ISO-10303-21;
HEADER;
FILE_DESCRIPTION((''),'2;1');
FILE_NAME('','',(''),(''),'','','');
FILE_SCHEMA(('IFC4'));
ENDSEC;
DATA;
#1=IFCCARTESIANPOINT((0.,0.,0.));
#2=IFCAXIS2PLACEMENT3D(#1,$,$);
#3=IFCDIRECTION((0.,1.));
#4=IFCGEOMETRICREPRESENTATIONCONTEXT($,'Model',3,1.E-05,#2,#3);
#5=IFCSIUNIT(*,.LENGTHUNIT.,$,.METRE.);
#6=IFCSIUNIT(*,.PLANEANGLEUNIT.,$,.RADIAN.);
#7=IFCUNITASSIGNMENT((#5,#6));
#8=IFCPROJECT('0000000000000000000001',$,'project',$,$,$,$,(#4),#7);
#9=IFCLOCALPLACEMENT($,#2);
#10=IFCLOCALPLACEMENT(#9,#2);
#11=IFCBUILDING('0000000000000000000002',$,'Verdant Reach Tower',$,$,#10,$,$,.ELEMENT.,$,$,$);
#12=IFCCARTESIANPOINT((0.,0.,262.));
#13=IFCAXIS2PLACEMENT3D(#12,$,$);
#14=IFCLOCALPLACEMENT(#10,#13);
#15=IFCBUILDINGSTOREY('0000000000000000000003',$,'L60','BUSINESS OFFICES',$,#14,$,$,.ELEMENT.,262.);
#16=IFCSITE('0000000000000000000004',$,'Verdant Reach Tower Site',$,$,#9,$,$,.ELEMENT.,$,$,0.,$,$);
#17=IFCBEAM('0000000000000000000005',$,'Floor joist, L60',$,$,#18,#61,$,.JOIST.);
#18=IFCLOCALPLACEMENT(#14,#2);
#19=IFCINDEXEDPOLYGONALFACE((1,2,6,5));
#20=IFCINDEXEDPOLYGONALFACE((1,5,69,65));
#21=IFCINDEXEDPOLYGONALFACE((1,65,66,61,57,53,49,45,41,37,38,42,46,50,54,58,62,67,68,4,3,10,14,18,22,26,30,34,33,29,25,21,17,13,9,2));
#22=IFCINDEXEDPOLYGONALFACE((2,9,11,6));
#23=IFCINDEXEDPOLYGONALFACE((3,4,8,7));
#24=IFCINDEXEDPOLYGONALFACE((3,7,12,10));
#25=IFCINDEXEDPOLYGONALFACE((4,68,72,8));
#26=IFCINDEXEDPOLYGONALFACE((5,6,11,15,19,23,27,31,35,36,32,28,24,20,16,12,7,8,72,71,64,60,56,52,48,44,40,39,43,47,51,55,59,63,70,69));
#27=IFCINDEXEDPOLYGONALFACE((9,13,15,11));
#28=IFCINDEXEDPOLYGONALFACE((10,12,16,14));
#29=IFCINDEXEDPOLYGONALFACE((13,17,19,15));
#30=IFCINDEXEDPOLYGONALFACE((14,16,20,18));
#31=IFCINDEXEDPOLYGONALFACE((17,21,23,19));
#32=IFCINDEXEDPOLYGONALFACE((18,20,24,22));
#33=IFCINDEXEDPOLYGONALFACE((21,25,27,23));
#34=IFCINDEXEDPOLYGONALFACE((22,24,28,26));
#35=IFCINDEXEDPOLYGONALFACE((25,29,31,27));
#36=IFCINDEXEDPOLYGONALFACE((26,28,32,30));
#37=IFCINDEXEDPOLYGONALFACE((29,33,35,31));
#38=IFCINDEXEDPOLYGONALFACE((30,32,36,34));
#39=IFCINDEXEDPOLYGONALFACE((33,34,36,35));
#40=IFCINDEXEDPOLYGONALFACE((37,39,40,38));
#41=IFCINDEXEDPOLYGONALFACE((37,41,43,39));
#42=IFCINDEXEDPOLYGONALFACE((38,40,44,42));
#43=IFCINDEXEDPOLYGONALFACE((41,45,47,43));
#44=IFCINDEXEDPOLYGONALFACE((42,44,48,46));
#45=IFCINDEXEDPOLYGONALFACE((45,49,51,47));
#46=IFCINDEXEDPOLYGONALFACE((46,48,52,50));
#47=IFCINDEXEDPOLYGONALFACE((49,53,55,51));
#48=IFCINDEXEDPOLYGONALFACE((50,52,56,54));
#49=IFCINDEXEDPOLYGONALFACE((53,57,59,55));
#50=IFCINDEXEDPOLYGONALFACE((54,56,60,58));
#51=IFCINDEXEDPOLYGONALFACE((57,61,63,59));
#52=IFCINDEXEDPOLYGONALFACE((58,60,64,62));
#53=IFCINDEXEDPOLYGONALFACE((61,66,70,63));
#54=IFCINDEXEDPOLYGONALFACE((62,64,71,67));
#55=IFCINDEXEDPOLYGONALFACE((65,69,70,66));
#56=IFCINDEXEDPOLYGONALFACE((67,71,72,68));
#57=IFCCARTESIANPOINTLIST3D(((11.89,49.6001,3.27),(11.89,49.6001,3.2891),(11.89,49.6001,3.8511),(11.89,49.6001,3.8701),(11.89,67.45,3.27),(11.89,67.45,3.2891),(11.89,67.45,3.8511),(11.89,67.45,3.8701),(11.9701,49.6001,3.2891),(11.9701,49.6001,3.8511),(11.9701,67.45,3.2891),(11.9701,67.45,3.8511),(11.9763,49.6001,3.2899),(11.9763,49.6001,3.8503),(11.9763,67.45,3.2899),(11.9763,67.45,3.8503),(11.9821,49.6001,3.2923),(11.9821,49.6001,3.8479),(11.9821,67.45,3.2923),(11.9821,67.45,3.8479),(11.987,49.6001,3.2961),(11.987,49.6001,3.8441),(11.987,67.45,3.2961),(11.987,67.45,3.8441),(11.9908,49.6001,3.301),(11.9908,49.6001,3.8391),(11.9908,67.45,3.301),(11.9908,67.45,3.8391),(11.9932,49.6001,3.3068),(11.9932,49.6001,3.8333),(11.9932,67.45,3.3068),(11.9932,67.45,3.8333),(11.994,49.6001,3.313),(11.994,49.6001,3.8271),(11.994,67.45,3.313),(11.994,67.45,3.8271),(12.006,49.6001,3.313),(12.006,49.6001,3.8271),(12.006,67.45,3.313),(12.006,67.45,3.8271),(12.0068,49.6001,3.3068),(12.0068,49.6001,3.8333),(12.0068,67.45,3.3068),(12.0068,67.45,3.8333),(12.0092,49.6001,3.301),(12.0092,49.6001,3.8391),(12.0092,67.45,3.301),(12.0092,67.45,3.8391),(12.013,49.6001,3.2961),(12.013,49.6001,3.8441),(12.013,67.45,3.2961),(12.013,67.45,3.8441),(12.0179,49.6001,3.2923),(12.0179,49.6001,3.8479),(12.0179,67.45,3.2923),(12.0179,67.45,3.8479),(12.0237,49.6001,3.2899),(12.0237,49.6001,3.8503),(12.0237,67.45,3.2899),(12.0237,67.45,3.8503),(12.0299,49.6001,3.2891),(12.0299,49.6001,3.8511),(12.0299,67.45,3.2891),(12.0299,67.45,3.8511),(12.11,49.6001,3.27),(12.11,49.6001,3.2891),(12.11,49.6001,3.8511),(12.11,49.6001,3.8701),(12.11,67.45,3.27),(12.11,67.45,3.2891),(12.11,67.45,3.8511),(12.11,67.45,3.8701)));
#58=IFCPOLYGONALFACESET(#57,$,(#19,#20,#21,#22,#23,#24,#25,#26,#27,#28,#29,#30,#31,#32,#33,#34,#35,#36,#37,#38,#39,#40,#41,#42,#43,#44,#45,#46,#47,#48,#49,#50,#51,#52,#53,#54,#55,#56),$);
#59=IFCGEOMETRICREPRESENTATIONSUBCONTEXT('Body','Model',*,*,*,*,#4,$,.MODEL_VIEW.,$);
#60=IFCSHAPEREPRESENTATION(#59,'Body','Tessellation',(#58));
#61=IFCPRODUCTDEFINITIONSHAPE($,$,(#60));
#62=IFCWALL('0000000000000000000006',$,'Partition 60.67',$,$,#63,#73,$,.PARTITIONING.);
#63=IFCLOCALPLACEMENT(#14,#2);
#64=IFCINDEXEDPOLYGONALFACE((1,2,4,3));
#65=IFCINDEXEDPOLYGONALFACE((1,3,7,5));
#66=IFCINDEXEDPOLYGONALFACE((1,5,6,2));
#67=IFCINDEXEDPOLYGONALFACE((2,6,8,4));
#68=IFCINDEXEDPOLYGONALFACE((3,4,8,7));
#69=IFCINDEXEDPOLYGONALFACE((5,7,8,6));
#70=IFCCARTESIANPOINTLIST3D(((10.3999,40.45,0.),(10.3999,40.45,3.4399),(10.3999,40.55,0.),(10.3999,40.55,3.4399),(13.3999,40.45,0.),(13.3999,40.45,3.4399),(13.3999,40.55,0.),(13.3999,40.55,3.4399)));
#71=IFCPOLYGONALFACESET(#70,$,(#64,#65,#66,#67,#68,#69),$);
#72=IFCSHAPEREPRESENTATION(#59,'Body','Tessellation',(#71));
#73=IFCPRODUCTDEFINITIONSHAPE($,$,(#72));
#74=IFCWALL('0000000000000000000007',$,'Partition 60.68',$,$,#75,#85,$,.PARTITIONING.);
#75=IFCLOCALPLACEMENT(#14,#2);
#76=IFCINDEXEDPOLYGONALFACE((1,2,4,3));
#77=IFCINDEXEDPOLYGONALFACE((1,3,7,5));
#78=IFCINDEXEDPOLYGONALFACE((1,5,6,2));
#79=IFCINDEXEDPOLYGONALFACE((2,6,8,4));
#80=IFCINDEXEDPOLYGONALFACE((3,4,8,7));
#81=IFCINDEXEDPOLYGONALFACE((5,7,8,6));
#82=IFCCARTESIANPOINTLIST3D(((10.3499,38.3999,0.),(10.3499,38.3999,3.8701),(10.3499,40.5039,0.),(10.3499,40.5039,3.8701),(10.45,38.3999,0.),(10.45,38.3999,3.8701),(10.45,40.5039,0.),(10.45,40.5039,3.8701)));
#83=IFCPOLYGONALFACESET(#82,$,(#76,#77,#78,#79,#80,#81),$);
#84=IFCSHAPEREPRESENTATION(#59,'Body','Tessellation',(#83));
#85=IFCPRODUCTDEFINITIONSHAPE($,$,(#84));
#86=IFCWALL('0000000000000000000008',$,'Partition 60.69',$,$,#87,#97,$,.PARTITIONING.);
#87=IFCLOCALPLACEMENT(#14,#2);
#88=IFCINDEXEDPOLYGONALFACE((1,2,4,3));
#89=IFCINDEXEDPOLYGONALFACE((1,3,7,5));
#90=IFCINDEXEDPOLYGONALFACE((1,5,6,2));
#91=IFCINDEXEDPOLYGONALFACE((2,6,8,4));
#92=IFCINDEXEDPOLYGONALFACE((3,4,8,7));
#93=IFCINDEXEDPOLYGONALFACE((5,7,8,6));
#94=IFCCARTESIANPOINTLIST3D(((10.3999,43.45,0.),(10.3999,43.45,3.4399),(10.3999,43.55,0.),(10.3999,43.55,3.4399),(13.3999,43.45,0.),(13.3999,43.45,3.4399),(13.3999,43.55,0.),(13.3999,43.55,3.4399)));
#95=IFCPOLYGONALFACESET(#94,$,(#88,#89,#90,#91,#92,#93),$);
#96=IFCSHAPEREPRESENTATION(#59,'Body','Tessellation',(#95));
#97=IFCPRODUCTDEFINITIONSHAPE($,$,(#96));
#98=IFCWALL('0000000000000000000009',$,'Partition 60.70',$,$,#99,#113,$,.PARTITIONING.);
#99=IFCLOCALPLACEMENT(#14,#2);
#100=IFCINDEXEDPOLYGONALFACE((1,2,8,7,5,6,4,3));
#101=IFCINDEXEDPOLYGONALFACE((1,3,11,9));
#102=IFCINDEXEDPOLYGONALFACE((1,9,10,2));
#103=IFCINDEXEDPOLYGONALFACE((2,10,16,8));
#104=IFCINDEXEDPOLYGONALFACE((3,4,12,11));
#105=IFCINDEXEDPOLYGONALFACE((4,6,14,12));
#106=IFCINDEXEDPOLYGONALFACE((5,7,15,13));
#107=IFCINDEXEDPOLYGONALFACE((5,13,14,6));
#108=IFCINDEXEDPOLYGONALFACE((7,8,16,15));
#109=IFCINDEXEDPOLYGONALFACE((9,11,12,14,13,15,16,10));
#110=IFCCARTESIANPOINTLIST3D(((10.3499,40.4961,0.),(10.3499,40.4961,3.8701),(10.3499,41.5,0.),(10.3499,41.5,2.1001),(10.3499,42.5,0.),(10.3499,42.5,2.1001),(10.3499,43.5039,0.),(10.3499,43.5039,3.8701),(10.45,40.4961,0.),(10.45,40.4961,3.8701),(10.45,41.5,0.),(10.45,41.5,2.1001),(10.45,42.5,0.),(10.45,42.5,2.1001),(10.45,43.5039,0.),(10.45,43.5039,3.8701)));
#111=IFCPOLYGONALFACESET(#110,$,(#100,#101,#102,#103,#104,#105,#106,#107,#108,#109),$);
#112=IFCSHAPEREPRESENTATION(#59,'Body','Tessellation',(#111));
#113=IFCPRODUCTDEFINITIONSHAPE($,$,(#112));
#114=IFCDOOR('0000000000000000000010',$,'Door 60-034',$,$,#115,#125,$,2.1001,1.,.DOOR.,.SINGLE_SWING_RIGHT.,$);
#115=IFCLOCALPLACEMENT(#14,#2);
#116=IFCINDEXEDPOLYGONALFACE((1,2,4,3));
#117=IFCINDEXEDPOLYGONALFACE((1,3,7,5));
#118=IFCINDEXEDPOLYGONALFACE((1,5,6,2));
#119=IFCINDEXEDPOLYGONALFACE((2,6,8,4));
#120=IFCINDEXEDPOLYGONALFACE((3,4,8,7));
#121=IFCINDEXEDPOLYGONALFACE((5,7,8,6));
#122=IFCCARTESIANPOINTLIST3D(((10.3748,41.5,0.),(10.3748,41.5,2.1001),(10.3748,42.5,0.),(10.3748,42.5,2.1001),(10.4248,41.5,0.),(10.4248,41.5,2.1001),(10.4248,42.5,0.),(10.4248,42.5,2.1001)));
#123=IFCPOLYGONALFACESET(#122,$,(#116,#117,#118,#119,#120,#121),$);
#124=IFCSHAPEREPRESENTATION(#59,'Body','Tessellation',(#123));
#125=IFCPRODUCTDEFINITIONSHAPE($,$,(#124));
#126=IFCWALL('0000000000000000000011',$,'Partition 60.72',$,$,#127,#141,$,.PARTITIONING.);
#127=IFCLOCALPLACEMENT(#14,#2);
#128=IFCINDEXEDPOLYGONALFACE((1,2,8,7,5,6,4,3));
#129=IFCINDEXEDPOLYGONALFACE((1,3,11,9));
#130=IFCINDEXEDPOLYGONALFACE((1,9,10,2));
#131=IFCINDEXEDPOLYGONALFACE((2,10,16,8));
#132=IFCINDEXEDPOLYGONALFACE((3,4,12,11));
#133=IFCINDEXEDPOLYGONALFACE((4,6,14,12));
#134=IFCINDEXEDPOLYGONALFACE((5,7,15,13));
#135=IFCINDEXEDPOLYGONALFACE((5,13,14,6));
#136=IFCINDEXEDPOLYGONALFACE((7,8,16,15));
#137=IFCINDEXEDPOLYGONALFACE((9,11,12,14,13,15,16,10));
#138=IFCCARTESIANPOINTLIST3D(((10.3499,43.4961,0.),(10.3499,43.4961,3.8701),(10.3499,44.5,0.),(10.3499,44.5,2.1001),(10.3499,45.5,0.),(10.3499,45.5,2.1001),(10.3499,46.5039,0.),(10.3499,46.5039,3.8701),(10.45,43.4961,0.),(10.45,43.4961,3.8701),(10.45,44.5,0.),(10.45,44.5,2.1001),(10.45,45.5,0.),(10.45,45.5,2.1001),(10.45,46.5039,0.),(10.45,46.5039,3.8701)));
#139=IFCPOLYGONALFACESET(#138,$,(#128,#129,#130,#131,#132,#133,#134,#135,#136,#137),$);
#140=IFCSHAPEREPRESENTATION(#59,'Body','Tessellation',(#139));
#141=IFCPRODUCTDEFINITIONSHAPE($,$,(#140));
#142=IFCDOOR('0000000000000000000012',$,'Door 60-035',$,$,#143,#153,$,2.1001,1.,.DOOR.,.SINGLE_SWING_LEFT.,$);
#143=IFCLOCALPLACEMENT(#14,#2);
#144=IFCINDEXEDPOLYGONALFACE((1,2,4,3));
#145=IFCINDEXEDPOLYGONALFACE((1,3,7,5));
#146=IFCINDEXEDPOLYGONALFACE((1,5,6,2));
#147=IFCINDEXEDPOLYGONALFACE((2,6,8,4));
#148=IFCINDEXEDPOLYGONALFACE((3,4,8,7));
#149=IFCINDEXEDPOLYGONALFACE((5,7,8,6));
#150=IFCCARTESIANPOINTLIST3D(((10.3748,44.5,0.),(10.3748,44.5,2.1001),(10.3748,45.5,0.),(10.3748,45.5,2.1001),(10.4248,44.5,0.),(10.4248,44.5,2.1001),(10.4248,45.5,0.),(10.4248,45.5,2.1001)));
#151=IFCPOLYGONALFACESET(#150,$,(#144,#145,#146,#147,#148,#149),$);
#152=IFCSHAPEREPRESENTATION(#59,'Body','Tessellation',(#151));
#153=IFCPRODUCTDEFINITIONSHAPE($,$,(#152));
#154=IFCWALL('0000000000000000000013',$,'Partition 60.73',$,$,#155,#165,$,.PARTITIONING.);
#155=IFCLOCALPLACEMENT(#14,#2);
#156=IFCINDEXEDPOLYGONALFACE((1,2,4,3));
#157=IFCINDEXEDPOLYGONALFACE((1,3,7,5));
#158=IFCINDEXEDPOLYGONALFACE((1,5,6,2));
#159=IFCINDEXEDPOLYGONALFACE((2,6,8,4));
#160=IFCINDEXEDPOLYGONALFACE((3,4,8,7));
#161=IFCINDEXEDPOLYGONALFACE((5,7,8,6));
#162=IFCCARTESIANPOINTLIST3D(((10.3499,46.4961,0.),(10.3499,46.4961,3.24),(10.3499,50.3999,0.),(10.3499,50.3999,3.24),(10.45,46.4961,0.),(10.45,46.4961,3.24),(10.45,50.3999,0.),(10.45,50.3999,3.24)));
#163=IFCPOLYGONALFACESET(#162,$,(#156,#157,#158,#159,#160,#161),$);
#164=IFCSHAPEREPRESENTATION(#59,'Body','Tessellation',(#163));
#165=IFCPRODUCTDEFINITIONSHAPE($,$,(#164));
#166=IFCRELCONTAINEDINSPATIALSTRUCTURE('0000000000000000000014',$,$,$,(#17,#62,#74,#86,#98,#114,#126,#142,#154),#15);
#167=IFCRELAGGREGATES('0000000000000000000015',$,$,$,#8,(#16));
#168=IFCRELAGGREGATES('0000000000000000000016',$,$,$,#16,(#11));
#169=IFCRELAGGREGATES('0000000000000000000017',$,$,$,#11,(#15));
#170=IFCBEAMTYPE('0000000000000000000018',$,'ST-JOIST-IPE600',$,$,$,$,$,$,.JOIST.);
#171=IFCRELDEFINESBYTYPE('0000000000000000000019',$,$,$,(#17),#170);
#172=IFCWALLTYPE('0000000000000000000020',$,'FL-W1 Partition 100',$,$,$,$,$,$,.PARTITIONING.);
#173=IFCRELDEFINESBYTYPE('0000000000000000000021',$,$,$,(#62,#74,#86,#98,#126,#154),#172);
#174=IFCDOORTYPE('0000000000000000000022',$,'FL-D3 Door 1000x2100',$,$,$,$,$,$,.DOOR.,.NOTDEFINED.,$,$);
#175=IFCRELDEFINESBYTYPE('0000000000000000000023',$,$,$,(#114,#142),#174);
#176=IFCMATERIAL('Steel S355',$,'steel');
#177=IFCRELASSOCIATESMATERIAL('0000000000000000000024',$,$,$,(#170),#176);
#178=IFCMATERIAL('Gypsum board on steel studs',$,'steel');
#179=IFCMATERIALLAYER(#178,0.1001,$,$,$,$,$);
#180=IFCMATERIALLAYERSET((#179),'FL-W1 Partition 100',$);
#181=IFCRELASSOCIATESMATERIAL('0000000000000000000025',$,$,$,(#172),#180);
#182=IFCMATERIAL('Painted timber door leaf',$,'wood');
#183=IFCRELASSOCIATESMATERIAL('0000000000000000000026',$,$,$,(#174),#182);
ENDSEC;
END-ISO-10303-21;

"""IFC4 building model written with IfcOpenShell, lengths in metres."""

from ifc_helpers import new_model, si_unit, direction, frame, frame_2d, origin, origin_2d, place, context, subcontext, project, spatial, rectangle, i_section, extrude, material, layer, layer_set, material_profile, profile_set, type_object, element, fill, save


model = new_model("IFC4")

# Units and contexts
model_context = context("Model", 3, precision=1e-05, world=origin(), true_north=direction((0.0, 1.0)))
body_context = subcontext(model_context, "Body", "Model", "MODEL_VIEW")
ifc_project = project(units=[si_unit("LENGTHUNIT", "METRE"), si_unit("PLANEANGLEUNIT", "RADIAN")], contexts=[model_context])

# Site, building, storey
site_placement = place(None, origin())
site = spatial("IfcSite", under=ifc_project, at=site_placement, Name="Verdant Reach Tower Site", CompositionType="ELEMENT", RefElevation=0.0)
building_placement = place(site_placement, origin())
building = spatial("IfcBuilding", under=site, at=building_placement, Name="Verdant Reach Tower", CompositionType="ELEMENT")
storey_placement = place(building_placement, frame((0.0, 0.0, 262.0)))
storey = spatial("IfcBuildingStorey", under=building, at=storey_placement, Name="L60", Description="BUSINESS OFFICES", CompositionType="ELEMENT", Elevation=262.0)

# Beam
ifc_material_1 = material(Name="Steel S355", Category="steel")
ifc_material_profile_1 = material_profile(ifc_material_1, i_section(OverallWidth=0.22, OverallDepth=0.6001, WebThickness=0.012, FlangeThickness=0.019, FilletRadius=0.0239, at=origin_2d()), Name="IPE 600")
ifc_profile_set_1 = profile_set([ifc_material_profile_1], Name="Steel S355")
beam_type_1 = type_object("IfcBeamType", Name="ST-JOIST-IPE600", PredefinedType="JOIST", material=ifc_profile_set_1)
beam_1_placement = place(storey_placement, frame((12.0, 49.6001, 3.5701), z_axis=(0.0, 1.0, 0.0), x_axis=(-1.0, 0.0, 0.0)))
element("IfcBeam", 1, at=beam_1_placement, inside=storey, type_object=beam_type_1, Name="Floor joist, L60", PredefinedType="JOIST", context=body_context, shape_type="SweptSolid", body=[
    extrude(i_section(OverallWidth=0.22, OverallDepth=0.6001, WebThickness=0.012, FlangeThickness=0.019, FilletRadius=0.0239, at=origin_2d()), origin(), (0.0, 0.0, 1.0), 17.8499),
])

# Walls
ifc_material_2 = material(Name="Gypsum board on steel studs", Category="steel")
ifc_layer_1 = layer(ifc_material_2, 0.1001)
ifc_layer_set_1 = layer_set([ifc_layer_1], Name="FL-W1 Partition 100")
wall_type_1 = type_object("IfcWallType", Name="FL-W1 Partition 100", PredefinedType="PARTITIONING", material=ifc_layer_set_1)
wall_1_placement = place(storey_placement, frame((13.3999, 40.5, 0.0), z_axis=(0.0, 0.0, 1.0), x_axis=(-1.0, 0.0, 0.0)))
element("IfcWall", 2, at=wall_1_placement, inside=storey, type_object=wall_type_1, Name="Partition 60.67", PredefinedType="PARTITIONING", context=body_context, shape_type="SweptSolid", body=[
    extrude(rectangle(XDim=3.0, YDim=0.1001, at=frame_2d((1.5, 0.0))), origin(), (0.0, 0.0, 1.0), 3.4399),
])
wall_2_placement = place(storey_placement, frame((10.3999, 40.5039, 0.0), z_axis=(0.0, 0.0, 1.0), x_axis=(0.0, -1.0, 0.0)))
element("IfcWall", 3, at=wall_2_placement, inside=storey, type_object=wall_type_1, Name="Partition 60.68", PredefinedType="PARTITIONING", context=body_context, shape_type="SweptSolid", body=[
    extrude(rectangle(XDim=2.104, YDim=0.1001, at=frame_2d((1.052, 0.0))), origin(), (0.0, 0.0, 1.0), 3.8701),
])
wall_3_placement = place(storey_placement, frame((13.3999, 43.5, 0.0), z_axis=(0.0, 0.0, 1.0), x_axis=(-1.0, 0.0, 0.0)))
element("IfcWall", 4, at=wall_3_placement, inside=storey, type_object=wall_type_1, Name="Partition 60.69", PredefinedType="PARTITIONING", context=body_context, shape_type="SweptSolid", body=[
    extrude(rectangle(XDim=3.0, YDim=0.1001, at=frame_2d((1.5, 0.0))), origin(), (0.0, 0.0, 1.0), 3.4399),
])

# Walls, openings, doors
wall_4_placement = place(storey_placement, frame((10.3999, 43.5039, 0.0), z_axis=(0.0, 0.0, 1.0), x_axis=(0.0, -1.0, 0.0)))
wall_4 = element("IfcWall", 5, at=wall_4_placement, inside=storey, type_object=wall_type_1, Name="Partition 60.70", PredefinedType="PARTITIONING", context=body_context, shape_type="SweptSolid", body=[
    extrude(rectangle(XDim=3.0078, YDim=0.1001, at=frame_2d((1.5039, 0.0))), origin(), (0.0, 0.0, 1.0), 3.8701),
])
opening_1_placement = place(wall_4_placement, frame((1.0039, 0.0, 0.0)))
opening_1 = element("IfcOpeningElement", 6, at=opening_1_placement, cuts=wall_4, PredefinedType="OPENING", context=body_context, shape_type="SweptSolid", body=[
    extrude(rectangle(XDim=1.0, YDim=2.1001, at=frame_2d((0.5, 1.05))), frame((0.0, 0.0601, 0.0), z_axis=(0.0, -1.0, 0.0), x_axis=(1.0, 0.0, 0.0)), (0.0, 0.0, 1.0), 0.1201),
])
ifc_material_3 = material(Name="Painted timber door leaf", Category="wood")
door_type_1 = type_object("IfcDoorType", Name="FL-D3 Door 1000x2100", OperationType="NOTDEFINED", PredefinedType="DOOR", material=ifc_material_3)
door_1_placement = place(opening_1_placement, origin())
door_1 = element("IfcDoor", 7, at=door_1_placement, inside=storey, type_object=door_type_1, Name="Door 60-034", OperationType="SINGLE_SWING_RIGHT", OverallHeight=2.1001, OverallWidth=1.0, PredefinedType="DOOR", context=body_context, shape_type="SweptSolid", body=[
    extrude(rectangle(XDim=1.0, YDim=2.1001, at=frame_2d((0.5, 1.05))), frame((0.0, 0.0249, 0.0), z_axis=(0.0, -1.0, 0.0), x_axis=(1.0, 0.0, 0.0)), (0.0, 0.0, 1.0), 0.05),
])
fill(opening_1, door_1)
wall_5_placement = place(storey_placement, frame((10.3999, 46.5039, 0.0), z_axis=(0.0, 0.0, 1.0), x_axis=(0.0, -1.0, 0.0)))
wall_5 = element("IfcWall", 8, at=wall_5_placement, inside=storey, type_object=wall_type_1, Name="Partition 60.72", PredefinedType="PARTITIONING", context=body_context, shape_type="SweptSolid", body=[
    extrude(rectangle(XDim=3.0078, YDim=0.1001, at=frame_2d((1.5039, 0.0))), origin(), (0.0, 0.0, 1.0), 3.8701),
])
opening_2_placement = place(wall_5_placement, frame((1.0039, 0.0, 0.0)))
opening_2 = element("IfcOpeningElement", 9, at=opening_2_placement, cuts=wall_5, PredefinedType="OPENING", context=body_context, shape_type="SweptSolid", body=[
    extrude(rectangle(XDim=1.0, YDim=2.1001, at=frame_2d((0.5, 1.05))), frame((0.0, 0.0601, 0.0), z_axis=(0.0, -1.0, 0.0), x_axis=(1.0, 0.0, 0.0)), (0.0, 0.0, 1.0), 0.1201),
])
door_2_placement = place(opening_2_placement, origin())
door_2 = element("IfcDoor", 10, at=door_2_placement, inside=storey, type_object=door_type_1, Name="Door 60-035", OperationType="SINGLE_SWING_LEFT", OverallHeight=2.1001, OverallWidth=1.0, PredefinedType="DOOR", context=body_context, shape_type="SweptSolid", body=[
    extrude(rectangle(XDim=1.0, YDim=2.1001, at=frame_2d((0.5, 1.05))), frame((0.0, 0.0249, 0.0), z_axis=(0.0, -1.0, 0.0), x_axis=(1.0, 0.0, 0.0)), (0.0, 0.0, 1.0), 0.05),
])
fill(opening_2, door_2)

# Wall
wall_6_placement = place(storey_placement, frame((10.3999, 50.3999, 0.0), z_axis=(0.0, 0.0, 1.0), x_axis=(0.0, -1.0, 0.0)))
element("IfcWall", 11, at=wall_6_placement, inside=storey, type_object=wall_type_1, Name="Partition 60.73", PredefinedType="PARTITIONING", context=body_context, shape_type="SweptSolid", body=[
    extrude(rectangle(XDim=3.9038, YDim=0.1001, at=frame_2d((1.9519, 0.0))), origin(), (0.0, 0.0, 1.0), 3.24),
])

save(model, "model.ifc")
